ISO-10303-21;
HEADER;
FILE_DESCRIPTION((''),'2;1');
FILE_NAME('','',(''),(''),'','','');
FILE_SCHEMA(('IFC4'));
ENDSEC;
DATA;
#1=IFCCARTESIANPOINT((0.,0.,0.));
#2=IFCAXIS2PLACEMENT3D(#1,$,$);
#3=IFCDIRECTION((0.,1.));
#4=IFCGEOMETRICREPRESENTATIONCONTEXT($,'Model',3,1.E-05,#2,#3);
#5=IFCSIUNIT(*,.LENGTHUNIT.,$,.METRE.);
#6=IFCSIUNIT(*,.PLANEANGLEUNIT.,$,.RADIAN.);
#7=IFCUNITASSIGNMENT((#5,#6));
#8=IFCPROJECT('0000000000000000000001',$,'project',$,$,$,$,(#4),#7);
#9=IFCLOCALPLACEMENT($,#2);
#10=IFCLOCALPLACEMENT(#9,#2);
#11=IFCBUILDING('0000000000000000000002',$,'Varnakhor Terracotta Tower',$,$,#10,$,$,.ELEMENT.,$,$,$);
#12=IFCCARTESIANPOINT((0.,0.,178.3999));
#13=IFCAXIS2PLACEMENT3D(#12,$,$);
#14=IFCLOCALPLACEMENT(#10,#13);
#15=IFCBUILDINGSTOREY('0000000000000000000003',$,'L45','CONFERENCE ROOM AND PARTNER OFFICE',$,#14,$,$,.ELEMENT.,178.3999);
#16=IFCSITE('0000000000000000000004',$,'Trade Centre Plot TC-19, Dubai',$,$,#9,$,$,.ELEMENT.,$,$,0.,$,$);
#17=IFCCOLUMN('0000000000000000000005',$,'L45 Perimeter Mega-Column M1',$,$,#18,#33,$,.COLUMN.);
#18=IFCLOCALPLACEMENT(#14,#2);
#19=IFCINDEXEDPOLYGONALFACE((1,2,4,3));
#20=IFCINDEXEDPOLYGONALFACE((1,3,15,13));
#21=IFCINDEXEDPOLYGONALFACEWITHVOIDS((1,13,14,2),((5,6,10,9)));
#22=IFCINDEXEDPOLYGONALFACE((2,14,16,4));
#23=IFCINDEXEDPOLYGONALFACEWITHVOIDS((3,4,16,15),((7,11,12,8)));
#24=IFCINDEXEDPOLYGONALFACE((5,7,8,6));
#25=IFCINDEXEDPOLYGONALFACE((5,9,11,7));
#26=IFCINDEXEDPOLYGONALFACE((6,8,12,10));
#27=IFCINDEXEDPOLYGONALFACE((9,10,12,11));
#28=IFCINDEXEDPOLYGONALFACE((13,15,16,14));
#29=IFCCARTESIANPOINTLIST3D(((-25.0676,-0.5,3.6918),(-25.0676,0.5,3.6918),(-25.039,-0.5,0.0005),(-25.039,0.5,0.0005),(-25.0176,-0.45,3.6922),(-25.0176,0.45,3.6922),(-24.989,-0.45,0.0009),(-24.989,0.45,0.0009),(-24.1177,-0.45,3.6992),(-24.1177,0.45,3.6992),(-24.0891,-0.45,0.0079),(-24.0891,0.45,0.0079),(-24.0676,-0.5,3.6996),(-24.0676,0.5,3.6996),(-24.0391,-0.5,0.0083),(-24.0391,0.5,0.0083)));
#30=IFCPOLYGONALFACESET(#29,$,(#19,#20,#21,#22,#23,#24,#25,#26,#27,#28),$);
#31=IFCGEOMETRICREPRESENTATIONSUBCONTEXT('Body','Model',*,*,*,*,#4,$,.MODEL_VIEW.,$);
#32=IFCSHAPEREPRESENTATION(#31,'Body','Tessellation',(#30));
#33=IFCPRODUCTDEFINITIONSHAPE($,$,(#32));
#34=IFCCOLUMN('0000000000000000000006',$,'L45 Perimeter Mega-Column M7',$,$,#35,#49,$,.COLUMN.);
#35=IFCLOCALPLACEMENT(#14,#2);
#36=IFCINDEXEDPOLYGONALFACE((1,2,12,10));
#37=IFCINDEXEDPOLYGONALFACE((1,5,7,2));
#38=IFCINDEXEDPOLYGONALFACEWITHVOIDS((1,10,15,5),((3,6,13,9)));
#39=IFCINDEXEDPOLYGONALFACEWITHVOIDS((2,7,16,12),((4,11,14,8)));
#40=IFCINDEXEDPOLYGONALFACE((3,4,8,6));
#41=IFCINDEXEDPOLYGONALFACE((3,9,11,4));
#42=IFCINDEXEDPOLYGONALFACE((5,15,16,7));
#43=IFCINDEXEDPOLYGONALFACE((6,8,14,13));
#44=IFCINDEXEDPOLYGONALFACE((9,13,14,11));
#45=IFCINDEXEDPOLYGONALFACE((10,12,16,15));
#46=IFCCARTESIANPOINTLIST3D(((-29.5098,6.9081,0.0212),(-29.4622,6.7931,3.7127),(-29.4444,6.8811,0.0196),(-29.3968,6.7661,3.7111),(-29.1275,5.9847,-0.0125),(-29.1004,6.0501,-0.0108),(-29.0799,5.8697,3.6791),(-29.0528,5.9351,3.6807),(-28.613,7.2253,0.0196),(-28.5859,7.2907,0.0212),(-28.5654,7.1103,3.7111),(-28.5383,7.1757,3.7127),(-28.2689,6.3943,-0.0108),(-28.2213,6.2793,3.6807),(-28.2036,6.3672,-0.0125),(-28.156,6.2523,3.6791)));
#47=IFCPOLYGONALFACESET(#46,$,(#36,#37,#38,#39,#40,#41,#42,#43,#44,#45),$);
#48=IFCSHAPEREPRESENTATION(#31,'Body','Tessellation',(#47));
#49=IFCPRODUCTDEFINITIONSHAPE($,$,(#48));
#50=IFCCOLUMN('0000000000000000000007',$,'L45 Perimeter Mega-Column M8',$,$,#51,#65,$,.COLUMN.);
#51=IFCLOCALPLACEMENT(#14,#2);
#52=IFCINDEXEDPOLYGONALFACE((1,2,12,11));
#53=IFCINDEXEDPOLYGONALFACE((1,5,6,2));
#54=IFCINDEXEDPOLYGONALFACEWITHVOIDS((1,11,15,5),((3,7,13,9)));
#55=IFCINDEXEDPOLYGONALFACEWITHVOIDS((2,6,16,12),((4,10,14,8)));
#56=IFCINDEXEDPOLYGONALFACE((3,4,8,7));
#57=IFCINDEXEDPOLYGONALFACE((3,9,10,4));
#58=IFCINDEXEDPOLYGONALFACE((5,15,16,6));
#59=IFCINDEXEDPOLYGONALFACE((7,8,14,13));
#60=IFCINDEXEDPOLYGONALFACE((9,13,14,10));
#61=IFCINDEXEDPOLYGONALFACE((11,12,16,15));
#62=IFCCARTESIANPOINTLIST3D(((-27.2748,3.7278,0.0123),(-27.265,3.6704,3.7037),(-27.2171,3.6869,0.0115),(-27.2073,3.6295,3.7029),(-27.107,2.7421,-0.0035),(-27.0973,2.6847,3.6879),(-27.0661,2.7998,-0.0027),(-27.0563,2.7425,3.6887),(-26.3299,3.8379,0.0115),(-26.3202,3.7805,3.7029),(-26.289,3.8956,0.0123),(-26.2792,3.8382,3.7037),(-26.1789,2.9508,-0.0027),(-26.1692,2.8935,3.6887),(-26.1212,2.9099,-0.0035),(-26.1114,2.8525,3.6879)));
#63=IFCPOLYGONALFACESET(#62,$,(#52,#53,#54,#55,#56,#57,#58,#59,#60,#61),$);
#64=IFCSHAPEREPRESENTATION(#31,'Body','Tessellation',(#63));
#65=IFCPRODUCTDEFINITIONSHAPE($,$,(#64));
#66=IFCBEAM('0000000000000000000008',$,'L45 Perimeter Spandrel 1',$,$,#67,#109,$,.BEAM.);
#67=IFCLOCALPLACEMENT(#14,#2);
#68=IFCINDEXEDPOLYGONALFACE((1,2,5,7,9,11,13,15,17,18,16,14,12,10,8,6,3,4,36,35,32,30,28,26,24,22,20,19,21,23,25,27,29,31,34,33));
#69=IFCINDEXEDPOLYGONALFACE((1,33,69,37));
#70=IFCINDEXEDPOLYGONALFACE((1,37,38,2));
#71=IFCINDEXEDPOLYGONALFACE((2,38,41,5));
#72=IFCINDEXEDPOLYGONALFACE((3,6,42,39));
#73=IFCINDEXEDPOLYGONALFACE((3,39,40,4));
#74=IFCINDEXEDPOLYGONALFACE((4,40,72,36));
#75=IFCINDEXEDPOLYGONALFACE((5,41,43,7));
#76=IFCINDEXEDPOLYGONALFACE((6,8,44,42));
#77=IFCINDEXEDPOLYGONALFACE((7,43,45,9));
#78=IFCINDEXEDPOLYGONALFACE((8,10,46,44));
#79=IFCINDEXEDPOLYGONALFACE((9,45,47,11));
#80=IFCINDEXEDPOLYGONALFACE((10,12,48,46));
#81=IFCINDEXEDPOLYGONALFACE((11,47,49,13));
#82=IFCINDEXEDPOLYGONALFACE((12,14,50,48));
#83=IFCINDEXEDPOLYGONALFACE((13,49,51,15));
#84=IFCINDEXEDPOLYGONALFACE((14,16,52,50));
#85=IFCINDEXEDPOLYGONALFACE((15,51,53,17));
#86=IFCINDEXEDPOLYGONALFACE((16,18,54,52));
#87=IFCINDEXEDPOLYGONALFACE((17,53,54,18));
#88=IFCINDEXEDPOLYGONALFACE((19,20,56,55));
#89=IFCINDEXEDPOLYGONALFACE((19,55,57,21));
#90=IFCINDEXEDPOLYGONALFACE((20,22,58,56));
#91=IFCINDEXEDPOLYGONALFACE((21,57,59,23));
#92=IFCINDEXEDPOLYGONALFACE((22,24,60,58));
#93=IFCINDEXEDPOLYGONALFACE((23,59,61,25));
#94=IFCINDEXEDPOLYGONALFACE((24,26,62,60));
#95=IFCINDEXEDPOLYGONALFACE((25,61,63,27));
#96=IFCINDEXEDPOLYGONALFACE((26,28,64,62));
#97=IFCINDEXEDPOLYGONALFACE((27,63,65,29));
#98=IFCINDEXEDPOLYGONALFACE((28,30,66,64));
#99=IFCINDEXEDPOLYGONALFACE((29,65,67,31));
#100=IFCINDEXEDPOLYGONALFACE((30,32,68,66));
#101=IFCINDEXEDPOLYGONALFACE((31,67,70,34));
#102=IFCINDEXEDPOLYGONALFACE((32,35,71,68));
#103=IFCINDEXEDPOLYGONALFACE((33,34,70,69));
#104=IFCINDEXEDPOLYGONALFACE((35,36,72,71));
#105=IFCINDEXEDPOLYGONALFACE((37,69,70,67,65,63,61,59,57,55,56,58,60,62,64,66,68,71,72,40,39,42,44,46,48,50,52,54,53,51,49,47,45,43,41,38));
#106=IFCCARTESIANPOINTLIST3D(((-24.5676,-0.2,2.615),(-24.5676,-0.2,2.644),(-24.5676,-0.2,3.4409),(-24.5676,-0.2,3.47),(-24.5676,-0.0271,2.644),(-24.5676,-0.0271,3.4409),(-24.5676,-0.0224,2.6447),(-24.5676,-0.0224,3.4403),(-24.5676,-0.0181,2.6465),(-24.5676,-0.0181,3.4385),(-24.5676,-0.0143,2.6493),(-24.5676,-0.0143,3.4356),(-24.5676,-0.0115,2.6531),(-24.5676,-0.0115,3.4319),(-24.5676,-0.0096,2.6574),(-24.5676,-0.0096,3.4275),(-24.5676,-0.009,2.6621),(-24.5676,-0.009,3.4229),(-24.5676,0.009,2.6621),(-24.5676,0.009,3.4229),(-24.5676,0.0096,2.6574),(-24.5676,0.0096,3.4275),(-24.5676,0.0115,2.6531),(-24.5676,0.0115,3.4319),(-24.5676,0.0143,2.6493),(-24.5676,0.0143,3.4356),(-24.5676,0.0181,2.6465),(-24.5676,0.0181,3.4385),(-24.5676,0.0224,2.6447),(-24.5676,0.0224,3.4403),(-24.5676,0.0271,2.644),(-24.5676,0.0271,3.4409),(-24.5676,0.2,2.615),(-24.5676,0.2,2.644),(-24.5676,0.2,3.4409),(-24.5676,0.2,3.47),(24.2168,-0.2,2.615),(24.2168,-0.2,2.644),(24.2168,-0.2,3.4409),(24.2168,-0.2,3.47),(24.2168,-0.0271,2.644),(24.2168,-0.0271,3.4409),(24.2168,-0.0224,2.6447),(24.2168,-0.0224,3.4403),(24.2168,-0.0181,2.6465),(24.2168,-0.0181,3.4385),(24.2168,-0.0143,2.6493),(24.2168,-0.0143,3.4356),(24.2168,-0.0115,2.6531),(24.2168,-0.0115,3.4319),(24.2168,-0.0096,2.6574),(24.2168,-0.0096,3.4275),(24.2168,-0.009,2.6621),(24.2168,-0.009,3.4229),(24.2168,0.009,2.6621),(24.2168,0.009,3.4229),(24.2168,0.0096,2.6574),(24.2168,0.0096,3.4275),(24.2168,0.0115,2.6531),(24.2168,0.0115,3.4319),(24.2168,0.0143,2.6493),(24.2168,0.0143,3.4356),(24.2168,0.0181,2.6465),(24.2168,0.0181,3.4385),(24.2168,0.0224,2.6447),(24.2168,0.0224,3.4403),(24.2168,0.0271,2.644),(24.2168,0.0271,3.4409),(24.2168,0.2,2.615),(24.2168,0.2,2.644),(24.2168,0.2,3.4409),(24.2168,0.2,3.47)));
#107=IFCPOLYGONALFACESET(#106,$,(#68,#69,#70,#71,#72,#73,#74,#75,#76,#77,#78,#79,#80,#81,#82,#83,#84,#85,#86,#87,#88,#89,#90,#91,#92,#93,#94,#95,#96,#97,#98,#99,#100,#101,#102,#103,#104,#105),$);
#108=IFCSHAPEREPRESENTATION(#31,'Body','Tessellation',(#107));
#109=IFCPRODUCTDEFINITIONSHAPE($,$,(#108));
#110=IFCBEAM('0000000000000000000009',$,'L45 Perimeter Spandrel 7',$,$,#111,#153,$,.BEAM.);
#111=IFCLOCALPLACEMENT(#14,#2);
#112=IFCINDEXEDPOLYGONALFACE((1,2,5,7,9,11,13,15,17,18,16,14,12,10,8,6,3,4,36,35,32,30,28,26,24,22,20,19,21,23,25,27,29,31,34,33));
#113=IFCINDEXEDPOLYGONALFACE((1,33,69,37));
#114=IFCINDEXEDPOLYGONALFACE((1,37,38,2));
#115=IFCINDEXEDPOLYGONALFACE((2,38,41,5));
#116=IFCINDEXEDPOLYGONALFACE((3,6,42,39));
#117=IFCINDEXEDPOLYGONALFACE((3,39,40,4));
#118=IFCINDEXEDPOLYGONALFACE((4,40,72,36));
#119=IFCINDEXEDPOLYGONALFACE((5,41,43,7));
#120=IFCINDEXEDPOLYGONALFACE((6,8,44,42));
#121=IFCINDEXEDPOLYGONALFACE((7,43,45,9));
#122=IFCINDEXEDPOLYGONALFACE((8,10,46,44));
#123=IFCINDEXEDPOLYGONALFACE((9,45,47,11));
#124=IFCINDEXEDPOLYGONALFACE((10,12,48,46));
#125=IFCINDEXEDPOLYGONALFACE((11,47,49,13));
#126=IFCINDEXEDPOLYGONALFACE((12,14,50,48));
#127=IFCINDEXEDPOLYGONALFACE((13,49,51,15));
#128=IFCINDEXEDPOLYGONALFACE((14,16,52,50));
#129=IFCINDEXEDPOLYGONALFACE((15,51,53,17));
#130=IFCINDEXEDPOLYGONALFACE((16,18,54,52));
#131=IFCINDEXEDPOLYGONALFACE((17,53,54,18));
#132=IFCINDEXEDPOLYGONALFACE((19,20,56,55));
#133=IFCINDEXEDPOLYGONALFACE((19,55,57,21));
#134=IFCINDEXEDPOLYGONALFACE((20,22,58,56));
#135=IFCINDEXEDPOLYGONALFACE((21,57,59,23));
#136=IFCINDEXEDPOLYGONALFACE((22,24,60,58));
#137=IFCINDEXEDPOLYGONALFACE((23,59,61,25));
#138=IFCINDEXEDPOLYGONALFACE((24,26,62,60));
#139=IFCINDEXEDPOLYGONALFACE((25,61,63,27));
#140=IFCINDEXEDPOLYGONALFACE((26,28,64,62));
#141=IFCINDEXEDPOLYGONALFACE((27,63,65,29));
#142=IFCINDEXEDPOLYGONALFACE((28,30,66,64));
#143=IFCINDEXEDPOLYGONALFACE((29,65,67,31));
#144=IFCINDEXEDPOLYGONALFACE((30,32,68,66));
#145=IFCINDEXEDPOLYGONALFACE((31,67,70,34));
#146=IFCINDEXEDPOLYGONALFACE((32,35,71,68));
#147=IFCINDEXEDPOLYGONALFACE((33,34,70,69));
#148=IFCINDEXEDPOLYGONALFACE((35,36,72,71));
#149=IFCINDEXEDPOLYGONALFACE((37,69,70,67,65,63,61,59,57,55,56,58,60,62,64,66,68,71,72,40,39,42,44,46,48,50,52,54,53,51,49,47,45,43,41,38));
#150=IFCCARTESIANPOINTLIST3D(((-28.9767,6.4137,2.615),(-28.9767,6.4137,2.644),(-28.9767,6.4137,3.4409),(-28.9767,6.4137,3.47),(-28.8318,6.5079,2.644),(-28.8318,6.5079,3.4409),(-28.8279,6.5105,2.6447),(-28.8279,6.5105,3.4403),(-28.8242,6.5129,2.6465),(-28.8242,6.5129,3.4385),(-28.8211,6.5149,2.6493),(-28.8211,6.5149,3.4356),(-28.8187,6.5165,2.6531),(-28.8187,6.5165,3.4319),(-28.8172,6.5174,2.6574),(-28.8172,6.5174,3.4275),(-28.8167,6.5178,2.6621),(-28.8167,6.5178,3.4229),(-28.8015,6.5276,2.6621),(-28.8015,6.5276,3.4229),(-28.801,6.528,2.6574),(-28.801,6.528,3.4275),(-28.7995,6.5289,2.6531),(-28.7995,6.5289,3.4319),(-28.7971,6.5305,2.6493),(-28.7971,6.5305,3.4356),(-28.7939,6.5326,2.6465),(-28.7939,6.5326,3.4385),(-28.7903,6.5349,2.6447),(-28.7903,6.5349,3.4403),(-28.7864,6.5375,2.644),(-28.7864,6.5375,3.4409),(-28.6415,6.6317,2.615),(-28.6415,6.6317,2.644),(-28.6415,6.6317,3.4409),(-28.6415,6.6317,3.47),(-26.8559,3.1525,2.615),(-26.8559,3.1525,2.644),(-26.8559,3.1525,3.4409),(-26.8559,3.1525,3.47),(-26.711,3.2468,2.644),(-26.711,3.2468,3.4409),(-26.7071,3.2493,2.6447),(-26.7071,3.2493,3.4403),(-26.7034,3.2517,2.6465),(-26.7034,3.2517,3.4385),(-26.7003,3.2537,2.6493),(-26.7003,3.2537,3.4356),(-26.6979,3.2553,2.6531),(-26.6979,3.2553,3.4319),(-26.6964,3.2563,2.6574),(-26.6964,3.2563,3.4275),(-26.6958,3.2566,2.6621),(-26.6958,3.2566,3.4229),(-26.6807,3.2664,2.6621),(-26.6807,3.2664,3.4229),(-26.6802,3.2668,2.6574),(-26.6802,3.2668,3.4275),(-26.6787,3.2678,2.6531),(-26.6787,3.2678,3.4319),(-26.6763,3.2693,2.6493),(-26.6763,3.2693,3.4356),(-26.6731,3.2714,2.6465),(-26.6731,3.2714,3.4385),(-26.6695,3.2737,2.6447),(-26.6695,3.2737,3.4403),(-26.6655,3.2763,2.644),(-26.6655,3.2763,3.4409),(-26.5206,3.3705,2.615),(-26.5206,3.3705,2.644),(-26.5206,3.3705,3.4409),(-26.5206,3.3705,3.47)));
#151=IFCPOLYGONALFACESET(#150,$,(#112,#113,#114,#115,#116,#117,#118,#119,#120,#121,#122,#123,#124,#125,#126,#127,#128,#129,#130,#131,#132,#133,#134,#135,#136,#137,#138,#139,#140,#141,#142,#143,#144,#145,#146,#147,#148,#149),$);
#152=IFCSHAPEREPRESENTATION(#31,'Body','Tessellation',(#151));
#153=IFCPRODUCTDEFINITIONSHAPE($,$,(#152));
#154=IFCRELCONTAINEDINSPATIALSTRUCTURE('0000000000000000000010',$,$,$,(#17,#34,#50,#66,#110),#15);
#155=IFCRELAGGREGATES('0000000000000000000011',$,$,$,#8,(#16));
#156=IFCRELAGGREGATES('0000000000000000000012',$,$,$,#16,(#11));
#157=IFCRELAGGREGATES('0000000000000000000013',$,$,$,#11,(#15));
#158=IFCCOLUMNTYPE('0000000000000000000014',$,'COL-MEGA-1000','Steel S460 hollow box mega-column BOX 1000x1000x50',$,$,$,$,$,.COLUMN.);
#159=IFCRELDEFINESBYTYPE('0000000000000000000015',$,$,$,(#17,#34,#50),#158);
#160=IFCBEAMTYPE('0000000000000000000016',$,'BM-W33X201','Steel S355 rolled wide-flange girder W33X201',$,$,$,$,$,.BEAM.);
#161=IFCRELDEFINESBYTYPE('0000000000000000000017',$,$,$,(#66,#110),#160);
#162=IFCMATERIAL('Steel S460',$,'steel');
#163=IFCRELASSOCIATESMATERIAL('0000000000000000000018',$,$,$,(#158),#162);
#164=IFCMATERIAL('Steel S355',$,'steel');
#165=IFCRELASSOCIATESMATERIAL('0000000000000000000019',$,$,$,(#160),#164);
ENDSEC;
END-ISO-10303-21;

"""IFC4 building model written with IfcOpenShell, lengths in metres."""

from ifc_helpers import new_model, si_unit, direction, frame, origin, origin_2d, place, context, subcontext, project, spatial, hollow_rectangle, i_section, extrude, source, transform, mapped, material, material_profile, profile_set, type_object, type_shapes, element, save


model = new_model("IFC4")

# Units and contexts
model_context = context("Model", 3, precision=1e-05, world=origin(), true_north=direction((0.0, 1.0)))
body_context = subcontext(model_context, "Body", "Model", "MODEL_VIEW")
ifc_project = project(units=[si_unit("LENGTHUNIT", "METRE"), si_unit("PLANEANGLEUNIT", "RADIAN")], contexts=[model_context])

# Site, building, storey
site_placement = place(None, origin())
site = spatial("IfcSite", under=ifc_project, at=site_placement, Name="Trade Centre Plot TC-19, Dubai", CompositionType="ELEMENT", RefElevation=0.0)
building_placement = place(site_placement, origin())
building = spatial("IfcBuilding", under=site, at=building_placement, Name="Varnakhor Terracotta Tower", CompositionType="ELEMENT")
storey_placement = place(building_placement, frame((0.0, 0.0, 178.3999)))
storey = spatial("IfcBuildingStorey", under=building, at=storey_placement, Name="L45", Description="CONFERENCE ROOM AND PARTNER OFFICE", CompositionType="ELEMENT", Elevation=178.3999)

# Columns
ifc_material_1 = material(Name="Steel S460", Category="steel")
ifc_material_profile_1 = material_profile(ifc_material_1, hollow_rectangle(XDim=1.0, YDim=1.0, WallThickness=0.05, at=origin_2d()), Name="BOX 1000x1000x50")
ifc_profile_set_1 = profile_set([ifc_material_profile_1], Name="Steel S460")
column_type = type_object("IfcColumnType", Name="COL-MEGA-1000", Description="Steel S460 hollow box mega-column BOX 1000x1000x50", PredefinedType="COLUMN", material=ifc_profile_set_1)
shared_shape_1 = source(origin(), body_context, "Body", "SweptSolid", [
    extrude(hollow_rectangle(XDim=1.0, YDim=1.0, WallThickness=0.05, at=origin_2d()), origin(), (0.0, 0.0, 1.0), 3.6914),
])
type_shapes(column_type, [shared_shape_1])
column_1_placement = place(storey_placement, frame((-24.5391, 0.0, 0.0044), z_axis=(-0.007738, 0.0, 0.99997), x_axis=(0.0, -1.0, 0.0)))
element("IfcColumn", 1, at=column_1_placement, inside=storey, type_object=column_type, Name="L45 Perimeter Mega-Column M1", PredefinedType="COLUMN", context=body_context, shape_type="MappedRepresentation", body=[
    mapped(shared_shape_1, transform((0.0, 0.0, 0.0), scale=1.0)),
])
shared_shape_2 = source(origin(), body_context, "Body", "SweptSolid", [
    extrude(hollow_rectangle(XDim=1.0, YDim=1.0, WallThickness=0.05, at=origin_2d()), origin(), (0.0, 0.0, 1.0), 3.6936),
])
column_2_placement = place(storey_placement, frame((-28.8567, 6.6377, 0.0044), z_axis=(0.01289, -0.031133, 0.999432), x_axis=(0.923945, 0.382525, 0.0)))
element("IfcColumn", 2, at=column_2_placement, inside=storey, type_object=column_type, Name="L45 Perimeter Mega-Column M7", PredefinedType="COLUMN", context=body_context, shape_type="MappedRepresentation", body=[
    mapped(shared_shape_2, transform((0.0, 0.0, 0.0), scale=1.0)),
])
shared_shape_3 = source(origin(), body_context, "Body", "SweptSolid", [
    extrude(hollow_rectangle(XDim=1.0, YDim=1.0, WallThickness=0.05, at=origin_2d()), origin(), (0.0, 0.0, 1.0), 3.6919),
])
column_3_placement = place(storey_placement, frame((-26.698, 3.3188, 0.0044), z_axis=(0.002645, -0.01554, 0.999876), x_axis=(0.985821, 0.167799, 0.0)))
element("IfcColumn", 3, at=column_3_placement, inside=storey, type_object=column_type, Name="L45 Perimeter Mega-Column M8", PredefinedType="COLUMN", context=body_context, shape_type="MappedRepresentation", body=[
    mapped(shared_shape_3, transform((0.0, 0.0, 0.0), scale=1.0)),
])

# Beams
ifc_material_2 = material(Name="Steel S355", Category="steel")
ifc_material_profile_2 = material_profile(ifc_material_2, i_section(OverallWidth=0.3999, OverallDepth=0.855, WebThickness=0.0181, FlangeThickness=0.0291, FilletRadius=0.0181, at=origin_2d()), Name="W33X201")
ifc_profile_set_2 = profile_set([ifc_material_profile_2], Name="Steel S355")
beam_type_1 = type_object("IfcBeamType", Name="BM-W33X201", Description="Steel S355 rolled wide-flange girder W33X201", PredefinedType="BEAM", material=ifc_profile_set_2)
shared_shape_4 = source(origin(), body_context, "Body", "SweptSolid", [
    extrude(i_section(OverallWidth=0.3999, OverallDepth=0.855, WebThickness=0.0181, FlangeThickness=0.0291, FilletRadius=0.0181, at=origin_2d()), origin(), (0.0, 0.0, 1.0), 48.7844),
])
beam_1_placement = place(storey_placement, frame((-24.5676, 0.0, 3.0425), z_axis=(1.0, 0.0, 0.0), x_axis=(0.0, 1.0, 0.0)))
element("IfcBeam", 4, at=beam_1_placement, inside=storey, type_object=beam_type_1, Name="L45 Perimeter Spandrel 1", PredefinedType="BEAM", context=body_context, shape_type="MappedRepresentation", body=[
    mapped(shared_shape_4, transform((0.0, 0.0, 0.0), scale=1.0)),
])
shared_shape_5 = source(origin(), body_context, "Body", "SweptSolid", [
    extrude(i_section(OverallWidth=0.3999, OverallDepth=0.855, WebThickness=0.0181, FlangeThickness=0.0291, FilletRadius=0.0181, at=origin_2d()), origin(), (0.0, 0.0, 1.0), 3.8901),
])
beam_2_placement = place(storey_placement, frame((-28.8091, 6.5227, 3.0425), z_axis=(0.545178, -0.83832, 0.0), x_axis=(0.83832, 0.545178, 0.0)))
element("IfcBeam", 5, at=beam_2_placement, inside=storey, type_object=beam_type_1, Name="L45 Perimeter Spandrel 7", PredefinedType="BEAM", context=body_context, shape_type="MappedRepresentation", body=[
    mapped(shared_shape_5, transform((0.0, 0.0, 0.0), scale=1.0)),
])

save(model, "model.ifc")
